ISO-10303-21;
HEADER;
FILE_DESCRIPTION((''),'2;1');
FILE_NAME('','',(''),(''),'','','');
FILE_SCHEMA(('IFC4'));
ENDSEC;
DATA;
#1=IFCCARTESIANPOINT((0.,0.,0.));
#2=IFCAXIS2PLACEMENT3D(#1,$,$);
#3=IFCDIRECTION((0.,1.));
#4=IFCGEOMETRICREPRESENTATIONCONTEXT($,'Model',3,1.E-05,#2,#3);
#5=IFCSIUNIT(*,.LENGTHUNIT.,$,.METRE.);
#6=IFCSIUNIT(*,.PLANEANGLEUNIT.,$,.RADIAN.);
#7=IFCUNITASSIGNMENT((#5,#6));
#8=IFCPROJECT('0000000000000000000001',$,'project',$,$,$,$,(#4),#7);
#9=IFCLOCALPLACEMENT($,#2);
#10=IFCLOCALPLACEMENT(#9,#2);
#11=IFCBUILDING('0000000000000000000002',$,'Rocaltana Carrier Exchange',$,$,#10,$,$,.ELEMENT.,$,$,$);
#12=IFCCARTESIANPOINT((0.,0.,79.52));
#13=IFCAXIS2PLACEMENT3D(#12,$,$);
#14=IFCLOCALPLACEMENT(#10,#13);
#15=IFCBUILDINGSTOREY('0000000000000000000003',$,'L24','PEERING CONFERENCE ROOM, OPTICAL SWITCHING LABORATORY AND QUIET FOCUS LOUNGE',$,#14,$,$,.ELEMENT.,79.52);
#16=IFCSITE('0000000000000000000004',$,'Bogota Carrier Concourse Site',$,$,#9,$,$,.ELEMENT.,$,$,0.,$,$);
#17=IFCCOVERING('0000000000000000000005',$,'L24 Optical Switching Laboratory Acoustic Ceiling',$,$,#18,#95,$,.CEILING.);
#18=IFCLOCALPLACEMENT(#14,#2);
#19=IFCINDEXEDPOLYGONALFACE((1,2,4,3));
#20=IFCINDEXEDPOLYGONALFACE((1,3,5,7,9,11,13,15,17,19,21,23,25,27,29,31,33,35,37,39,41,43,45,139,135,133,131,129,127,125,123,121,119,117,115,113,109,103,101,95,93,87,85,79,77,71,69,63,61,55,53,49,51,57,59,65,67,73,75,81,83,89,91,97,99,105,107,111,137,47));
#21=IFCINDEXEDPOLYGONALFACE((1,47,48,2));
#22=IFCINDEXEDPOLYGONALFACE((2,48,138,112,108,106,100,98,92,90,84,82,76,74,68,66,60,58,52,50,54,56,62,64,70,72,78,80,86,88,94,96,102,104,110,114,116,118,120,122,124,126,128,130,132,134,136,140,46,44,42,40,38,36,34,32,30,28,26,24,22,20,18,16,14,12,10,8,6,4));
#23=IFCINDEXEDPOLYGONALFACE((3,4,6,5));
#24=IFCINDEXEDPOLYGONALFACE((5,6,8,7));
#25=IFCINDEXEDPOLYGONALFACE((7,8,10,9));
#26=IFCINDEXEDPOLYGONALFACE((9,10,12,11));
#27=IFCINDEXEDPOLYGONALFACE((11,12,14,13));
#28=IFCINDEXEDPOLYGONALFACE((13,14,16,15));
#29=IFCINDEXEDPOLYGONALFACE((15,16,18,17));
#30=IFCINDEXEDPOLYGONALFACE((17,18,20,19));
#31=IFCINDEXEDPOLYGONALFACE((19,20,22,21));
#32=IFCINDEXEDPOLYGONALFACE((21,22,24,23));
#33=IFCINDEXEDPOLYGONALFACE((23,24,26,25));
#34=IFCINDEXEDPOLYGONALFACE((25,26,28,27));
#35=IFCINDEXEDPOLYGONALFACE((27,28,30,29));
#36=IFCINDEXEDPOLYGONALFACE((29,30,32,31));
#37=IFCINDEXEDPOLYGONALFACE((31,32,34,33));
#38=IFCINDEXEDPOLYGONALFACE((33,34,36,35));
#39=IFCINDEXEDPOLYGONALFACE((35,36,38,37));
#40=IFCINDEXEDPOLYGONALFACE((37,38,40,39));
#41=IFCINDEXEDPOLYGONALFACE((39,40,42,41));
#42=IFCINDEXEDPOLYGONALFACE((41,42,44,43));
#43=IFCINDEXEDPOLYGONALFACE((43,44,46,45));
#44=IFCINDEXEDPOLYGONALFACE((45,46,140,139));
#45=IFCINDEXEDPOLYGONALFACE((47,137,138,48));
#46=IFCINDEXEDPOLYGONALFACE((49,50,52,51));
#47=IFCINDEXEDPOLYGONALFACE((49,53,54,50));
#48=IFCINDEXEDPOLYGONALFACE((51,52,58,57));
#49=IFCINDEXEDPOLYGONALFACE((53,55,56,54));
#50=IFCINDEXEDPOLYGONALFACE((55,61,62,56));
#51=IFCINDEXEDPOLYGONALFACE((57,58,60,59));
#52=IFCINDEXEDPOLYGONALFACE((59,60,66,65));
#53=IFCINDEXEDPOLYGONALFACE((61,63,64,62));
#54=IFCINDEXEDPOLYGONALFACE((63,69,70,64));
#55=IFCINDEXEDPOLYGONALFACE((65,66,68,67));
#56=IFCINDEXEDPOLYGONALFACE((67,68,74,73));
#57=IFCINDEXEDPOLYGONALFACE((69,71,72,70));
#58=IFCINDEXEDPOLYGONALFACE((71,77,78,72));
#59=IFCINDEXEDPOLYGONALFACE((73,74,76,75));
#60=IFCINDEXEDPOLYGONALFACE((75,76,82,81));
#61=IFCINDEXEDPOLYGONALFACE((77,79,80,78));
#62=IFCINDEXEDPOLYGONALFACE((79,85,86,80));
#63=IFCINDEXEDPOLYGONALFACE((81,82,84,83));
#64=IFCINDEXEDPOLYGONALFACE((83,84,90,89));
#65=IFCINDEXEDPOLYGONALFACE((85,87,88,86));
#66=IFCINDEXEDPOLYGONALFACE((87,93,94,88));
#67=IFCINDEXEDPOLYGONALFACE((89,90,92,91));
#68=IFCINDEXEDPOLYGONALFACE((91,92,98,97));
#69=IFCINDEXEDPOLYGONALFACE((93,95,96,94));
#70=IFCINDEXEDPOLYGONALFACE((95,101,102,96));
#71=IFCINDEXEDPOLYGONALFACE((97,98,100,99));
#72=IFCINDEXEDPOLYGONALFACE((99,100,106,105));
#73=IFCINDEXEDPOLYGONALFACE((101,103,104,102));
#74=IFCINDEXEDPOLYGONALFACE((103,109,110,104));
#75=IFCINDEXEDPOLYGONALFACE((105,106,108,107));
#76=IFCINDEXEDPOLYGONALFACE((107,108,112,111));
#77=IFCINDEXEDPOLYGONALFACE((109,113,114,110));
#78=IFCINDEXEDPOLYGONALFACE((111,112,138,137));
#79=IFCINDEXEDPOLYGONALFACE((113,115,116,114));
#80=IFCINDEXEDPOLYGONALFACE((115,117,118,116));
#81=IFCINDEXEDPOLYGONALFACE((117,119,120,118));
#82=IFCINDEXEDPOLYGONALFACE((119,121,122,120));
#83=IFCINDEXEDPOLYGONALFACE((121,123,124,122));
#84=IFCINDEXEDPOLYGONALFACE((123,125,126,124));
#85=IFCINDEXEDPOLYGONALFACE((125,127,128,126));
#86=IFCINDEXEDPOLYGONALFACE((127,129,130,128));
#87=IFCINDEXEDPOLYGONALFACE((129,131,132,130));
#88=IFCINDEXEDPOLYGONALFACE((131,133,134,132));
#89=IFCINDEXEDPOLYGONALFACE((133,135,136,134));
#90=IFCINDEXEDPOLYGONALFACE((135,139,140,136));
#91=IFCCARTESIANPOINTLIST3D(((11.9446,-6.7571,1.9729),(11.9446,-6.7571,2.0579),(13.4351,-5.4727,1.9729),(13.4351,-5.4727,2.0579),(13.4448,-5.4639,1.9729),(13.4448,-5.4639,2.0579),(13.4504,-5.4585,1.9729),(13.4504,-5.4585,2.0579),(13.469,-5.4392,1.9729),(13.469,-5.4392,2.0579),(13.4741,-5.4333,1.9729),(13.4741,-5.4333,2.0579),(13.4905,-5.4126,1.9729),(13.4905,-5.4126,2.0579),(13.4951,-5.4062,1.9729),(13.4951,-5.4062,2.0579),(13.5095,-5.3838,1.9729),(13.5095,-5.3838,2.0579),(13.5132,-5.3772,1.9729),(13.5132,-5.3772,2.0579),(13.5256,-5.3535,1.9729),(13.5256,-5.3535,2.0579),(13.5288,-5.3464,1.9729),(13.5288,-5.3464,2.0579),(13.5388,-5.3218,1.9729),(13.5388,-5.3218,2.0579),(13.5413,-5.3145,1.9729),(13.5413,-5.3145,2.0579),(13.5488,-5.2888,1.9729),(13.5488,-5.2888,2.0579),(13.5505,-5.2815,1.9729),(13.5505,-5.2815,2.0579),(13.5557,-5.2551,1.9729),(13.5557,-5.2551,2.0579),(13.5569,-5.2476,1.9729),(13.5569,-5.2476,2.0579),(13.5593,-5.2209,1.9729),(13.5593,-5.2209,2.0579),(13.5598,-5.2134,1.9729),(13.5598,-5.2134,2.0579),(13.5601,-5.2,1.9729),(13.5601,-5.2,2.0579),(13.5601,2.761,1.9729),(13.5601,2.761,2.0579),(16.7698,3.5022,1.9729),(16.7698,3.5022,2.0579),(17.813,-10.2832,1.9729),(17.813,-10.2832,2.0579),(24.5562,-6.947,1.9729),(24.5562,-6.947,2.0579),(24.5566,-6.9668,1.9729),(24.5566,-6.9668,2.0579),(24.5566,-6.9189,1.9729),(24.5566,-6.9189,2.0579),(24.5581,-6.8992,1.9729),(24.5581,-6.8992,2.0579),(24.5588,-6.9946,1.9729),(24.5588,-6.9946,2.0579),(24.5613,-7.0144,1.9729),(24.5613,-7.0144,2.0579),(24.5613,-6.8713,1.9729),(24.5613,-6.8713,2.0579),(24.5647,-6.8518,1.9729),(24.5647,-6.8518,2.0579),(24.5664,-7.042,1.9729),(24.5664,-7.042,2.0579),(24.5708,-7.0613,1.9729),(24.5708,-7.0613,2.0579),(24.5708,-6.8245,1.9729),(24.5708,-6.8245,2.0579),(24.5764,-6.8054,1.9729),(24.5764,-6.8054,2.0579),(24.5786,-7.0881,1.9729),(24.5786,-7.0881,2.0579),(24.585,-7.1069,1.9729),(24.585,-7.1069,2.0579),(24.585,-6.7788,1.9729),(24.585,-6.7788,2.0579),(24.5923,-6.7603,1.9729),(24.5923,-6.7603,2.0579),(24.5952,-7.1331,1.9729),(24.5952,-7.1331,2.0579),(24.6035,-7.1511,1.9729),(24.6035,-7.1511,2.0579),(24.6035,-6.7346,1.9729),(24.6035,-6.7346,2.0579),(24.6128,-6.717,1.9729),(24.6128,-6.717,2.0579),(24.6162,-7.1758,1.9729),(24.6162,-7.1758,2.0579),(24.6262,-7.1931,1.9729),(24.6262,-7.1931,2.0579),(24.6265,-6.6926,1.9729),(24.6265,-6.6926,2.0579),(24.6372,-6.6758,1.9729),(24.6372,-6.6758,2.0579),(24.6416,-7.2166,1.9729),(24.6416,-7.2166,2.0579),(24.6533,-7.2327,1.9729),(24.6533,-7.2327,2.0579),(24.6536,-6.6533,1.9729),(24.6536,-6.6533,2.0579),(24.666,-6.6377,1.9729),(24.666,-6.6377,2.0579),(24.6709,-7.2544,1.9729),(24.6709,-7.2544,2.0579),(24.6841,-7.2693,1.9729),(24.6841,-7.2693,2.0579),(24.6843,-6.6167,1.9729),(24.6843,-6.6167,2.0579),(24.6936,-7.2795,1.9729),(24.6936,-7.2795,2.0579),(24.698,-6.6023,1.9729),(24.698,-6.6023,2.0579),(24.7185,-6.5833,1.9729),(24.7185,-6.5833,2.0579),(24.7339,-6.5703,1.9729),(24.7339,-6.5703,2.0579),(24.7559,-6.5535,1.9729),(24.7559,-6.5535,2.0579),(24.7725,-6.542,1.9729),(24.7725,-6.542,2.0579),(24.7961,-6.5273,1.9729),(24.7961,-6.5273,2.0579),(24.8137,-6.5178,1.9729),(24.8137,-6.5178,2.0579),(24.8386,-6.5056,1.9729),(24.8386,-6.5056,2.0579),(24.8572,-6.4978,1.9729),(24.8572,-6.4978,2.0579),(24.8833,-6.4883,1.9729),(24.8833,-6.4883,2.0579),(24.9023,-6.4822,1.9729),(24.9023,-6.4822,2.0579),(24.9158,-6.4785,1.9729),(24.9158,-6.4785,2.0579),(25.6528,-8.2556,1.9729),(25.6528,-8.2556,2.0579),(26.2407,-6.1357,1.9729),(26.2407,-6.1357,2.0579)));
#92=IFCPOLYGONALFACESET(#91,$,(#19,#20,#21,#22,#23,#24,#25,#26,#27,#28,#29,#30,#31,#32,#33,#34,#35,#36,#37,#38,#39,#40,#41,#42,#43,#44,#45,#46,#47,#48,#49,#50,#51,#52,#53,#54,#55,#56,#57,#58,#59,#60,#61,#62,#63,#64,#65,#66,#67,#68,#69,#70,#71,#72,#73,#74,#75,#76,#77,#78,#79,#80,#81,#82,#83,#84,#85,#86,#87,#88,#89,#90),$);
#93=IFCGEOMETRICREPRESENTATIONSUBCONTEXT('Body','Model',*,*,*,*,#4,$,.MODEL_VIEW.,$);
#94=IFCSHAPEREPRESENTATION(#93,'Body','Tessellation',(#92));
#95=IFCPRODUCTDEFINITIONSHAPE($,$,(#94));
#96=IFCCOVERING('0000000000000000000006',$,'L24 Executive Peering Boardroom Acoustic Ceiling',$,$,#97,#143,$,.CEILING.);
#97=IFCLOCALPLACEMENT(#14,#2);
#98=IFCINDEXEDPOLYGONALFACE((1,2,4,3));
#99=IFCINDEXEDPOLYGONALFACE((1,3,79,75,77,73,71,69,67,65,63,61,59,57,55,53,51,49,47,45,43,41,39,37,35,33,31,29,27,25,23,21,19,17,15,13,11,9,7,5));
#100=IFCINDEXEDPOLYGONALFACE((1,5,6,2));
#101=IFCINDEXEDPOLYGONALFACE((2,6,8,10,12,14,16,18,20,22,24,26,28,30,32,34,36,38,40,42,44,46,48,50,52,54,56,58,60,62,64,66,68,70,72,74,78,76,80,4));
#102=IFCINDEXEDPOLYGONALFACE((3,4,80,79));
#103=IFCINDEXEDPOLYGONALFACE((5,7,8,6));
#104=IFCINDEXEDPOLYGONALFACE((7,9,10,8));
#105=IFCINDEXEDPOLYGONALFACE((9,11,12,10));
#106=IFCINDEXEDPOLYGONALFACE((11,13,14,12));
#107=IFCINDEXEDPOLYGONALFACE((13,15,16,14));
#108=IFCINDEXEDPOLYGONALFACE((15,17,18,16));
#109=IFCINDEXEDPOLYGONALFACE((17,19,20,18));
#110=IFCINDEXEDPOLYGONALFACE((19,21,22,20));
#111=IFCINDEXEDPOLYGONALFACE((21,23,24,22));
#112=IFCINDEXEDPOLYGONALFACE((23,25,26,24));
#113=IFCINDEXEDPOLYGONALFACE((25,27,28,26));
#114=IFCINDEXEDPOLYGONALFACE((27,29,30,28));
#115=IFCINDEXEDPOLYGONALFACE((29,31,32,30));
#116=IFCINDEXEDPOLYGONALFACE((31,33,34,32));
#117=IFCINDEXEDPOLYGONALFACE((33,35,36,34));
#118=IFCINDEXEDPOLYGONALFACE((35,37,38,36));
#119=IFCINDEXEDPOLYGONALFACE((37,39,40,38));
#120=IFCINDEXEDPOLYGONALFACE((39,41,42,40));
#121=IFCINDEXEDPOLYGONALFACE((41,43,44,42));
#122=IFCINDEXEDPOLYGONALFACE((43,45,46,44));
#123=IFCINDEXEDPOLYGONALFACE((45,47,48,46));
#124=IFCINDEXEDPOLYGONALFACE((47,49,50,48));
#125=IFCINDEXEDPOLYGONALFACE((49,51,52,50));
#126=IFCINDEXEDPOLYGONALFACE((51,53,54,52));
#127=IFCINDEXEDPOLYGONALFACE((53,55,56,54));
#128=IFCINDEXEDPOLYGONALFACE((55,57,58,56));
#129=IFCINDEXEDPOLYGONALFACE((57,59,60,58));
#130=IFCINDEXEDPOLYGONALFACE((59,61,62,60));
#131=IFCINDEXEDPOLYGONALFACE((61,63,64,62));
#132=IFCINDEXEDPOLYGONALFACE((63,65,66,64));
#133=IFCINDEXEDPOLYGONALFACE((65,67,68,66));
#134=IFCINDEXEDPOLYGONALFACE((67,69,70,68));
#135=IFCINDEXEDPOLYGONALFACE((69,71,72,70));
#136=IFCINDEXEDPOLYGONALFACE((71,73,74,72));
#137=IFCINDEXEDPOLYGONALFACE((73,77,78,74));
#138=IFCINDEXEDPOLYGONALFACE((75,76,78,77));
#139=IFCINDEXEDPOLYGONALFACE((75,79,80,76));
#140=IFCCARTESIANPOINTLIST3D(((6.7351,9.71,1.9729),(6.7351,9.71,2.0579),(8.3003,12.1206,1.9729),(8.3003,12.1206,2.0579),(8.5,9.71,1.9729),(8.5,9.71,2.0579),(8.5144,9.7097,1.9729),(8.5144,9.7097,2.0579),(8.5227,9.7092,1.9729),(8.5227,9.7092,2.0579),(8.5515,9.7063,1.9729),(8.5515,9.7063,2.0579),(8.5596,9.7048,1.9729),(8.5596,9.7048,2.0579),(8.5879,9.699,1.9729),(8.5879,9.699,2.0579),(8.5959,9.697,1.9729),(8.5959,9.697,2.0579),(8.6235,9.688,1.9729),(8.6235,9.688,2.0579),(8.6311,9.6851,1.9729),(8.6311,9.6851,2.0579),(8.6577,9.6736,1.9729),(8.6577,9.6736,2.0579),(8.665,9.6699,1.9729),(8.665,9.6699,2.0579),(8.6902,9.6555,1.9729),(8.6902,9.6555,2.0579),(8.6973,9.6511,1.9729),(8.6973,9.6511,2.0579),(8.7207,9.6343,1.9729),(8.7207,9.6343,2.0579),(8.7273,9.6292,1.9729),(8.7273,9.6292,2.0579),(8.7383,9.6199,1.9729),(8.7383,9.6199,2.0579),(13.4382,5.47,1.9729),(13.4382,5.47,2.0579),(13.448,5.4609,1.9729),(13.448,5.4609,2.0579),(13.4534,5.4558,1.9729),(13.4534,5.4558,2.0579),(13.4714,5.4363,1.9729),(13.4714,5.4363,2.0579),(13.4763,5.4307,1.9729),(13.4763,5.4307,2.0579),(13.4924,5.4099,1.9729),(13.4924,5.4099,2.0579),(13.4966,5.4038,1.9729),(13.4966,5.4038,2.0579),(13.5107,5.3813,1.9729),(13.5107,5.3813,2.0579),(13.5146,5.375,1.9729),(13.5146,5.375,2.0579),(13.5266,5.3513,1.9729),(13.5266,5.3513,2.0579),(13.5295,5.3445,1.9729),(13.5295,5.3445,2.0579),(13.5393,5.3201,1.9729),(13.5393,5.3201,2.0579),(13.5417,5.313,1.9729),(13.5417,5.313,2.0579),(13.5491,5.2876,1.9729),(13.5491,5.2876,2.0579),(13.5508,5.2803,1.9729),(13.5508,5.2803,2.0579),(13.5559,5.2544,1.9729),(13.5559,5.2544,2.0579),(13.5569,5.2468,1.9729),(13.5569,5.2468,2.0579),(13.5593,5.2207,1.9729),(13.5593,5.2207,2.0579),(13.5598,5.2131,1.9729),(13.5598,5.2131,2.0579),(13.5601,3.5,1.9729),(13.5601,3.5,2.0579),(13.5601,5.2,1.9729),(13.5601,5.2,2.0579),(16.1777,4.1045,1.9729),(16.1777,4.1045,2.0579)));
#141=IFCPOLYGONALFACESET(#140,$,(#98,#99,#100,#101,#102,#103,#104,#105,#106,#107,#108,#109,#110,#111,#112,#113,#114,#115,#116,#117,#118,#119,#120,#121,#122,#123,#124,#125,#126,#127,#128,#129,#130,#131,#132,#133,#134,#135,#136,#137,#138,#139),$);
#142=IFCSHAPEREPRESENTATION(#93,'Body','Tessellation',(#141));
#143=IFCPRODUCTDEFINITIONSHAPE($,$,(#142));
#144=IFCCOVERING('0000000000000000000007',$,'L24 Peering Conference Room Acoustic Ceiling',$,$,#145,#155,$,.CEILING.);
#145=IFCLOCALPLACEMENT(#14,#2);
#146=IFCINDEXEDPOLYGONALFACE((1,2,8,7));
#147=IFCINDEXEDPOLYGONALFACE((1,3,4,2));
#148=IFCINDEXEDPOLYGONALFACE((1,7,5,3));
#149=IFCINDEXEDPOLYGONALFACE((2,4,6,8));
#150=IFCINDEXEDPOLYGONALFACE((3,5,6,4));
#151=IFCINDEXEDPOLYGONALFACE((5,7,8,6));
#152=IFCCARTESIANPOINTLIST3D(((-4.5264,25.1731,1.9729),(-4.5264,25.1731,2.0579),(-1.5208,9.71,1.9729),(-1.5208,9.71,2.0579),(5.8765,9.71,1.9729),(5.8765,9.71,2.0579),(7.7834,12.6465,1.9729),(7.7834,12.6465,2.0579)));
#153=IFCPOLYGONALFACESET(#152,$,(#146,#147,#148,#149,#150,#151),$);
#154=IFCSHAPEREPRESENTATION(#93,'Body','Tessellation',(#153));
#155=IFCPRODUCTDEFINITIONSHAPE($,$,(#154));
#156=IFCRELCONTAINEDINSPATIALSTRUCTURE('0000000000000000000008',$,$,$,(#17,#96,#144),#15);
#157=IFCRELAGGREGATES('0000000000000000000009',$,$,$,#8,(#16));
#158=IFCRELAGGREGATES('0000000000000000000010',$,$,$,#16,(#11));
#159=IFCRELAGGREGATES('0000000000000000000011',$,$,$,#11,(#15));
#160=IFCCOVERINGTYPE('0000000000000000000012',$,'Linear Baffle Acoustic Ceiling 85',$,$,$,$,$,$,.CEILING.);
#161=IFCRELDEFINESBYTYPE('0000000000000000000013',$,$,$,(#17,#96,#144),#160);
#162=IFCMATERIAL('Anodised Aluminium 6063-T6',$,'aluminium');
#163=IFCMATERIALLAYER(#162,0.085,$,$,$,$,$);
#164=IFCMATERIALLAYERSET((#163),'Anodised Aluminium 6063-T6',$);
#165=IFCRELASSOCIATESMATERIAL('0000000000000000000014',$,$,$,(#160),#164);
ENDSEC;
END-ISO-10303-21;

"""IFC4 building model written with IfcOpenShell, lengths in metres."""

from ifc_helpers import new_model, si_unit, direction, frame, origin, place, context, subcontext, project, spatial, polyline, outline, extrude, material, layer, layer_set, type_object, element, save


model = new_model("IFC4")

# Units and contexts
model_context = context("Model", 3, precision=1e-05, world=origin(), true_north=direction((0.0, 1.0)))
body_context = subcontext(model_context, "Body", "Model", "MODEL_VIEW")
ifc_project = project(units=[si_unit("LENGTHUNIT", "METRE"), si_unit("PLANEANGLEUNIT", "RADIAN")], contexts=[model_context])

# Site, building, storey
site_placement = place(None, origin())
site = spatial("IfcSite", under=ifc_project, at=site_placement, Name="Bogota Carrier Concourse Site", CompositionType="ELEMENT", RefElevation=0.0)
building_placement = place(site_placement, origin())
building = spatial("IfcBuilding", under=site, at=building_placement, Name="Rocaltana Carrier Exchange", CompositionType="ELEMENT")
storey_placement = place(building_placement, frame((0.0, 0.0, 79.52)))
storey = spatial("IfcBuildingStorey", under=building, at=storey_placement, Name="L24", Description="PEERING CONFERENCE ROOM, OPTICAL SWITCHING LABORATORY AND QUIET FOCUS LOUNGE", CompositionType="ELEMENT", Elevation=79.52)

# Coverings
ifc_material_1 = material(Name="Anodised Aluminium 6063-T6", Category="aluminium")
ifc_layer_1 = layer(ifc_material_1, 0.085)
ifc_layer_set_1 = layer_set([ifc_layer_1], Name="Anodised Aluminium 6063-T6")
covering_type_1 = type_object("IfcCoveringType", Name="Linear Baffle Acoustic Ceiling 85", PredefinedType="CEILING", material=ifc_layer_set_1)
covering_1_placement = place(storey_placement, frame((0.0, 0.0, 1.9729)))
element("IfcCovering", 1, at=covering_1_placement, inside=storey, type_object=covering_type_1, Name="L24 Optical Switching Laboratory Acoustic Ceiling", PredefinedType="CEILING", context=body_context, shape_type="SweptSolid", body=[
    extrude(outline(polyline([(26.2407, -6.1357), (24.9158, -6.4785), (24.9023, -6.4822), (24.8833, -6.4883), (24.8572, -6.4978), (24.8386, -6.5056), (24.8137, -6.5178), (24.7961, -6.5273), (24.7725, -6.542), (24.7559, -6.5535), (24.7339, -6.5703), (24.7185, -6.5833), (24.698, -6.6023), (24.6843, -6.6167), (24.666, -6.6377), (24.6536, -6.6533), (24.6372, -6.6758), (24.6265, -6.6926), (24.6128, -6.717), (24.6035, -6.7346), (24.5923, -6.7603), (24.585, -6.7788), (24.5764, -6.8054), (24.5708, -6.8245), (24.5647, -6.8518), (24.5613, -6.8713), (24.5581, -6.8992), (24.5566, -6.9189), (24.5562, -6.947), (24.5566, -6.9668), (24.5588, -6.9946), (24.5613, -7.0144), (24.5664, -7.042), (24.5708, -7.0613), (24.5786, -7.0881), (24.585, -7.1069), (24.5952, -7.1331), (24.6035, -7.1511), (24.6162, -7.1758), (24.6262, -7.1931), (24.6416, -7.2166), (24.6533, -7.2327), (24.6709, -7.2544), (24.6841, -7.2693), (24.6936, -7.2795), (25.6528, -8.2556), (17.813, -10.2832), (11.9446, -6.7571), (13.4351, -5.4727), (13.4448, -5.4639), (13.4504, -5.4585), (13.469, -5.4392), (13.4741, -5.4333), (13.4905, -5.4126), (13.4951, -5.4062), (13.5095, -5.3838), (13.5132, -5.3772), (13.5256, -5.3535), (13.5288, -5.3464), (13.5388, -5.3218), (13.5413, -5.3145), (13.5488, -5.2888), (13.5505, -5.2815), (13.5557, -5.2551), (13.5569, -5.2476), (13.5593, -5.2209), (13.5598, -5.2134), (13.5601, -5.2), (13.5601, 2.761), (16.7698, 3.5022), (26.2407, -6.1357)])), origin(), (0.0, 0.0, 1.0), 0.085),
])
covering_2_placement = place(storey_placement, frame((0.0, 0.0, 1.9729)))
element("IfcCovering", 2, at=covering_2_placement, inside=storey, type_object=covering_type_1, Name="L24 Executive Peering Boardroom Acoustic Ceiling", PredefinedType="CEILING", context=body_context, shape_type="SweptSolid", body=[
    extrude(outline(polyline([(16.1777, 4.1045), (13.5601, 3.5), (13.5601, 5.2), (13.5598, 5.2131), (13.5593, 5.2207), (13.5569, 5.2468), (13.5559, 5.2544), (13.5508, 5.2803), (13.5491, 5.2876), (13.5417, 5.313), (13.5393, 5.3201), (13.5295, 5.3445), (13.5266, 5.3513), (13.5146, 5.375), (13.5107, 5.3813), (13.4966, 5.4038), (13.4924, 5.4099), (13.4763, 5.4307), (13.4714, 5.4363), (13.4534, 5.4558), (13.448, 5.4609), (13.4382, 5.47), (8.7383, 9.6199), (8.7273, 9.6292), (8.7207, 9.6343), (8.6973, 9.6511), (8.6902, 9.6555), (8.665, 9.6699), (8.6577, 9.6736), (8.6311, 9.6851), (8.6235, 9.688), (8.5959, 9.697), (8.5879, 9.699), (8.5596, 9.7048), (8.5515, 9.7063), (8.5227, 9.7092), (8.5144, 9.7097), (8.5, 9.71), (6.7351, 9.71), (8.3003, 12.1206), (16.1777, 4.1045)])), origin(), (0.0, 0.0, 1.0), 0.085),
])
covering_3_placement = place(storey_placement, frame((0.0, 0.0, 1.9729)))
element("IfcCovering", 3, at=covering_3_placement, inside=storey, type_object=covering_type_1, Name="L24 Peering Conference Room Acoustic Ceiling", PredefinedType="CEILING", context=body_context, shape_type="SweptSolid", body=[
    extrude(outline(polyline([(7.7834, 12.6465), (5.8765, 9.71), (-1.5208, 9.71), (-4.5264, 25.1731), (7.7834, 12.6465)])), origin(), (0.0, 0.0, 1.0), 0.085),
])

save(model, "model.ifc")
